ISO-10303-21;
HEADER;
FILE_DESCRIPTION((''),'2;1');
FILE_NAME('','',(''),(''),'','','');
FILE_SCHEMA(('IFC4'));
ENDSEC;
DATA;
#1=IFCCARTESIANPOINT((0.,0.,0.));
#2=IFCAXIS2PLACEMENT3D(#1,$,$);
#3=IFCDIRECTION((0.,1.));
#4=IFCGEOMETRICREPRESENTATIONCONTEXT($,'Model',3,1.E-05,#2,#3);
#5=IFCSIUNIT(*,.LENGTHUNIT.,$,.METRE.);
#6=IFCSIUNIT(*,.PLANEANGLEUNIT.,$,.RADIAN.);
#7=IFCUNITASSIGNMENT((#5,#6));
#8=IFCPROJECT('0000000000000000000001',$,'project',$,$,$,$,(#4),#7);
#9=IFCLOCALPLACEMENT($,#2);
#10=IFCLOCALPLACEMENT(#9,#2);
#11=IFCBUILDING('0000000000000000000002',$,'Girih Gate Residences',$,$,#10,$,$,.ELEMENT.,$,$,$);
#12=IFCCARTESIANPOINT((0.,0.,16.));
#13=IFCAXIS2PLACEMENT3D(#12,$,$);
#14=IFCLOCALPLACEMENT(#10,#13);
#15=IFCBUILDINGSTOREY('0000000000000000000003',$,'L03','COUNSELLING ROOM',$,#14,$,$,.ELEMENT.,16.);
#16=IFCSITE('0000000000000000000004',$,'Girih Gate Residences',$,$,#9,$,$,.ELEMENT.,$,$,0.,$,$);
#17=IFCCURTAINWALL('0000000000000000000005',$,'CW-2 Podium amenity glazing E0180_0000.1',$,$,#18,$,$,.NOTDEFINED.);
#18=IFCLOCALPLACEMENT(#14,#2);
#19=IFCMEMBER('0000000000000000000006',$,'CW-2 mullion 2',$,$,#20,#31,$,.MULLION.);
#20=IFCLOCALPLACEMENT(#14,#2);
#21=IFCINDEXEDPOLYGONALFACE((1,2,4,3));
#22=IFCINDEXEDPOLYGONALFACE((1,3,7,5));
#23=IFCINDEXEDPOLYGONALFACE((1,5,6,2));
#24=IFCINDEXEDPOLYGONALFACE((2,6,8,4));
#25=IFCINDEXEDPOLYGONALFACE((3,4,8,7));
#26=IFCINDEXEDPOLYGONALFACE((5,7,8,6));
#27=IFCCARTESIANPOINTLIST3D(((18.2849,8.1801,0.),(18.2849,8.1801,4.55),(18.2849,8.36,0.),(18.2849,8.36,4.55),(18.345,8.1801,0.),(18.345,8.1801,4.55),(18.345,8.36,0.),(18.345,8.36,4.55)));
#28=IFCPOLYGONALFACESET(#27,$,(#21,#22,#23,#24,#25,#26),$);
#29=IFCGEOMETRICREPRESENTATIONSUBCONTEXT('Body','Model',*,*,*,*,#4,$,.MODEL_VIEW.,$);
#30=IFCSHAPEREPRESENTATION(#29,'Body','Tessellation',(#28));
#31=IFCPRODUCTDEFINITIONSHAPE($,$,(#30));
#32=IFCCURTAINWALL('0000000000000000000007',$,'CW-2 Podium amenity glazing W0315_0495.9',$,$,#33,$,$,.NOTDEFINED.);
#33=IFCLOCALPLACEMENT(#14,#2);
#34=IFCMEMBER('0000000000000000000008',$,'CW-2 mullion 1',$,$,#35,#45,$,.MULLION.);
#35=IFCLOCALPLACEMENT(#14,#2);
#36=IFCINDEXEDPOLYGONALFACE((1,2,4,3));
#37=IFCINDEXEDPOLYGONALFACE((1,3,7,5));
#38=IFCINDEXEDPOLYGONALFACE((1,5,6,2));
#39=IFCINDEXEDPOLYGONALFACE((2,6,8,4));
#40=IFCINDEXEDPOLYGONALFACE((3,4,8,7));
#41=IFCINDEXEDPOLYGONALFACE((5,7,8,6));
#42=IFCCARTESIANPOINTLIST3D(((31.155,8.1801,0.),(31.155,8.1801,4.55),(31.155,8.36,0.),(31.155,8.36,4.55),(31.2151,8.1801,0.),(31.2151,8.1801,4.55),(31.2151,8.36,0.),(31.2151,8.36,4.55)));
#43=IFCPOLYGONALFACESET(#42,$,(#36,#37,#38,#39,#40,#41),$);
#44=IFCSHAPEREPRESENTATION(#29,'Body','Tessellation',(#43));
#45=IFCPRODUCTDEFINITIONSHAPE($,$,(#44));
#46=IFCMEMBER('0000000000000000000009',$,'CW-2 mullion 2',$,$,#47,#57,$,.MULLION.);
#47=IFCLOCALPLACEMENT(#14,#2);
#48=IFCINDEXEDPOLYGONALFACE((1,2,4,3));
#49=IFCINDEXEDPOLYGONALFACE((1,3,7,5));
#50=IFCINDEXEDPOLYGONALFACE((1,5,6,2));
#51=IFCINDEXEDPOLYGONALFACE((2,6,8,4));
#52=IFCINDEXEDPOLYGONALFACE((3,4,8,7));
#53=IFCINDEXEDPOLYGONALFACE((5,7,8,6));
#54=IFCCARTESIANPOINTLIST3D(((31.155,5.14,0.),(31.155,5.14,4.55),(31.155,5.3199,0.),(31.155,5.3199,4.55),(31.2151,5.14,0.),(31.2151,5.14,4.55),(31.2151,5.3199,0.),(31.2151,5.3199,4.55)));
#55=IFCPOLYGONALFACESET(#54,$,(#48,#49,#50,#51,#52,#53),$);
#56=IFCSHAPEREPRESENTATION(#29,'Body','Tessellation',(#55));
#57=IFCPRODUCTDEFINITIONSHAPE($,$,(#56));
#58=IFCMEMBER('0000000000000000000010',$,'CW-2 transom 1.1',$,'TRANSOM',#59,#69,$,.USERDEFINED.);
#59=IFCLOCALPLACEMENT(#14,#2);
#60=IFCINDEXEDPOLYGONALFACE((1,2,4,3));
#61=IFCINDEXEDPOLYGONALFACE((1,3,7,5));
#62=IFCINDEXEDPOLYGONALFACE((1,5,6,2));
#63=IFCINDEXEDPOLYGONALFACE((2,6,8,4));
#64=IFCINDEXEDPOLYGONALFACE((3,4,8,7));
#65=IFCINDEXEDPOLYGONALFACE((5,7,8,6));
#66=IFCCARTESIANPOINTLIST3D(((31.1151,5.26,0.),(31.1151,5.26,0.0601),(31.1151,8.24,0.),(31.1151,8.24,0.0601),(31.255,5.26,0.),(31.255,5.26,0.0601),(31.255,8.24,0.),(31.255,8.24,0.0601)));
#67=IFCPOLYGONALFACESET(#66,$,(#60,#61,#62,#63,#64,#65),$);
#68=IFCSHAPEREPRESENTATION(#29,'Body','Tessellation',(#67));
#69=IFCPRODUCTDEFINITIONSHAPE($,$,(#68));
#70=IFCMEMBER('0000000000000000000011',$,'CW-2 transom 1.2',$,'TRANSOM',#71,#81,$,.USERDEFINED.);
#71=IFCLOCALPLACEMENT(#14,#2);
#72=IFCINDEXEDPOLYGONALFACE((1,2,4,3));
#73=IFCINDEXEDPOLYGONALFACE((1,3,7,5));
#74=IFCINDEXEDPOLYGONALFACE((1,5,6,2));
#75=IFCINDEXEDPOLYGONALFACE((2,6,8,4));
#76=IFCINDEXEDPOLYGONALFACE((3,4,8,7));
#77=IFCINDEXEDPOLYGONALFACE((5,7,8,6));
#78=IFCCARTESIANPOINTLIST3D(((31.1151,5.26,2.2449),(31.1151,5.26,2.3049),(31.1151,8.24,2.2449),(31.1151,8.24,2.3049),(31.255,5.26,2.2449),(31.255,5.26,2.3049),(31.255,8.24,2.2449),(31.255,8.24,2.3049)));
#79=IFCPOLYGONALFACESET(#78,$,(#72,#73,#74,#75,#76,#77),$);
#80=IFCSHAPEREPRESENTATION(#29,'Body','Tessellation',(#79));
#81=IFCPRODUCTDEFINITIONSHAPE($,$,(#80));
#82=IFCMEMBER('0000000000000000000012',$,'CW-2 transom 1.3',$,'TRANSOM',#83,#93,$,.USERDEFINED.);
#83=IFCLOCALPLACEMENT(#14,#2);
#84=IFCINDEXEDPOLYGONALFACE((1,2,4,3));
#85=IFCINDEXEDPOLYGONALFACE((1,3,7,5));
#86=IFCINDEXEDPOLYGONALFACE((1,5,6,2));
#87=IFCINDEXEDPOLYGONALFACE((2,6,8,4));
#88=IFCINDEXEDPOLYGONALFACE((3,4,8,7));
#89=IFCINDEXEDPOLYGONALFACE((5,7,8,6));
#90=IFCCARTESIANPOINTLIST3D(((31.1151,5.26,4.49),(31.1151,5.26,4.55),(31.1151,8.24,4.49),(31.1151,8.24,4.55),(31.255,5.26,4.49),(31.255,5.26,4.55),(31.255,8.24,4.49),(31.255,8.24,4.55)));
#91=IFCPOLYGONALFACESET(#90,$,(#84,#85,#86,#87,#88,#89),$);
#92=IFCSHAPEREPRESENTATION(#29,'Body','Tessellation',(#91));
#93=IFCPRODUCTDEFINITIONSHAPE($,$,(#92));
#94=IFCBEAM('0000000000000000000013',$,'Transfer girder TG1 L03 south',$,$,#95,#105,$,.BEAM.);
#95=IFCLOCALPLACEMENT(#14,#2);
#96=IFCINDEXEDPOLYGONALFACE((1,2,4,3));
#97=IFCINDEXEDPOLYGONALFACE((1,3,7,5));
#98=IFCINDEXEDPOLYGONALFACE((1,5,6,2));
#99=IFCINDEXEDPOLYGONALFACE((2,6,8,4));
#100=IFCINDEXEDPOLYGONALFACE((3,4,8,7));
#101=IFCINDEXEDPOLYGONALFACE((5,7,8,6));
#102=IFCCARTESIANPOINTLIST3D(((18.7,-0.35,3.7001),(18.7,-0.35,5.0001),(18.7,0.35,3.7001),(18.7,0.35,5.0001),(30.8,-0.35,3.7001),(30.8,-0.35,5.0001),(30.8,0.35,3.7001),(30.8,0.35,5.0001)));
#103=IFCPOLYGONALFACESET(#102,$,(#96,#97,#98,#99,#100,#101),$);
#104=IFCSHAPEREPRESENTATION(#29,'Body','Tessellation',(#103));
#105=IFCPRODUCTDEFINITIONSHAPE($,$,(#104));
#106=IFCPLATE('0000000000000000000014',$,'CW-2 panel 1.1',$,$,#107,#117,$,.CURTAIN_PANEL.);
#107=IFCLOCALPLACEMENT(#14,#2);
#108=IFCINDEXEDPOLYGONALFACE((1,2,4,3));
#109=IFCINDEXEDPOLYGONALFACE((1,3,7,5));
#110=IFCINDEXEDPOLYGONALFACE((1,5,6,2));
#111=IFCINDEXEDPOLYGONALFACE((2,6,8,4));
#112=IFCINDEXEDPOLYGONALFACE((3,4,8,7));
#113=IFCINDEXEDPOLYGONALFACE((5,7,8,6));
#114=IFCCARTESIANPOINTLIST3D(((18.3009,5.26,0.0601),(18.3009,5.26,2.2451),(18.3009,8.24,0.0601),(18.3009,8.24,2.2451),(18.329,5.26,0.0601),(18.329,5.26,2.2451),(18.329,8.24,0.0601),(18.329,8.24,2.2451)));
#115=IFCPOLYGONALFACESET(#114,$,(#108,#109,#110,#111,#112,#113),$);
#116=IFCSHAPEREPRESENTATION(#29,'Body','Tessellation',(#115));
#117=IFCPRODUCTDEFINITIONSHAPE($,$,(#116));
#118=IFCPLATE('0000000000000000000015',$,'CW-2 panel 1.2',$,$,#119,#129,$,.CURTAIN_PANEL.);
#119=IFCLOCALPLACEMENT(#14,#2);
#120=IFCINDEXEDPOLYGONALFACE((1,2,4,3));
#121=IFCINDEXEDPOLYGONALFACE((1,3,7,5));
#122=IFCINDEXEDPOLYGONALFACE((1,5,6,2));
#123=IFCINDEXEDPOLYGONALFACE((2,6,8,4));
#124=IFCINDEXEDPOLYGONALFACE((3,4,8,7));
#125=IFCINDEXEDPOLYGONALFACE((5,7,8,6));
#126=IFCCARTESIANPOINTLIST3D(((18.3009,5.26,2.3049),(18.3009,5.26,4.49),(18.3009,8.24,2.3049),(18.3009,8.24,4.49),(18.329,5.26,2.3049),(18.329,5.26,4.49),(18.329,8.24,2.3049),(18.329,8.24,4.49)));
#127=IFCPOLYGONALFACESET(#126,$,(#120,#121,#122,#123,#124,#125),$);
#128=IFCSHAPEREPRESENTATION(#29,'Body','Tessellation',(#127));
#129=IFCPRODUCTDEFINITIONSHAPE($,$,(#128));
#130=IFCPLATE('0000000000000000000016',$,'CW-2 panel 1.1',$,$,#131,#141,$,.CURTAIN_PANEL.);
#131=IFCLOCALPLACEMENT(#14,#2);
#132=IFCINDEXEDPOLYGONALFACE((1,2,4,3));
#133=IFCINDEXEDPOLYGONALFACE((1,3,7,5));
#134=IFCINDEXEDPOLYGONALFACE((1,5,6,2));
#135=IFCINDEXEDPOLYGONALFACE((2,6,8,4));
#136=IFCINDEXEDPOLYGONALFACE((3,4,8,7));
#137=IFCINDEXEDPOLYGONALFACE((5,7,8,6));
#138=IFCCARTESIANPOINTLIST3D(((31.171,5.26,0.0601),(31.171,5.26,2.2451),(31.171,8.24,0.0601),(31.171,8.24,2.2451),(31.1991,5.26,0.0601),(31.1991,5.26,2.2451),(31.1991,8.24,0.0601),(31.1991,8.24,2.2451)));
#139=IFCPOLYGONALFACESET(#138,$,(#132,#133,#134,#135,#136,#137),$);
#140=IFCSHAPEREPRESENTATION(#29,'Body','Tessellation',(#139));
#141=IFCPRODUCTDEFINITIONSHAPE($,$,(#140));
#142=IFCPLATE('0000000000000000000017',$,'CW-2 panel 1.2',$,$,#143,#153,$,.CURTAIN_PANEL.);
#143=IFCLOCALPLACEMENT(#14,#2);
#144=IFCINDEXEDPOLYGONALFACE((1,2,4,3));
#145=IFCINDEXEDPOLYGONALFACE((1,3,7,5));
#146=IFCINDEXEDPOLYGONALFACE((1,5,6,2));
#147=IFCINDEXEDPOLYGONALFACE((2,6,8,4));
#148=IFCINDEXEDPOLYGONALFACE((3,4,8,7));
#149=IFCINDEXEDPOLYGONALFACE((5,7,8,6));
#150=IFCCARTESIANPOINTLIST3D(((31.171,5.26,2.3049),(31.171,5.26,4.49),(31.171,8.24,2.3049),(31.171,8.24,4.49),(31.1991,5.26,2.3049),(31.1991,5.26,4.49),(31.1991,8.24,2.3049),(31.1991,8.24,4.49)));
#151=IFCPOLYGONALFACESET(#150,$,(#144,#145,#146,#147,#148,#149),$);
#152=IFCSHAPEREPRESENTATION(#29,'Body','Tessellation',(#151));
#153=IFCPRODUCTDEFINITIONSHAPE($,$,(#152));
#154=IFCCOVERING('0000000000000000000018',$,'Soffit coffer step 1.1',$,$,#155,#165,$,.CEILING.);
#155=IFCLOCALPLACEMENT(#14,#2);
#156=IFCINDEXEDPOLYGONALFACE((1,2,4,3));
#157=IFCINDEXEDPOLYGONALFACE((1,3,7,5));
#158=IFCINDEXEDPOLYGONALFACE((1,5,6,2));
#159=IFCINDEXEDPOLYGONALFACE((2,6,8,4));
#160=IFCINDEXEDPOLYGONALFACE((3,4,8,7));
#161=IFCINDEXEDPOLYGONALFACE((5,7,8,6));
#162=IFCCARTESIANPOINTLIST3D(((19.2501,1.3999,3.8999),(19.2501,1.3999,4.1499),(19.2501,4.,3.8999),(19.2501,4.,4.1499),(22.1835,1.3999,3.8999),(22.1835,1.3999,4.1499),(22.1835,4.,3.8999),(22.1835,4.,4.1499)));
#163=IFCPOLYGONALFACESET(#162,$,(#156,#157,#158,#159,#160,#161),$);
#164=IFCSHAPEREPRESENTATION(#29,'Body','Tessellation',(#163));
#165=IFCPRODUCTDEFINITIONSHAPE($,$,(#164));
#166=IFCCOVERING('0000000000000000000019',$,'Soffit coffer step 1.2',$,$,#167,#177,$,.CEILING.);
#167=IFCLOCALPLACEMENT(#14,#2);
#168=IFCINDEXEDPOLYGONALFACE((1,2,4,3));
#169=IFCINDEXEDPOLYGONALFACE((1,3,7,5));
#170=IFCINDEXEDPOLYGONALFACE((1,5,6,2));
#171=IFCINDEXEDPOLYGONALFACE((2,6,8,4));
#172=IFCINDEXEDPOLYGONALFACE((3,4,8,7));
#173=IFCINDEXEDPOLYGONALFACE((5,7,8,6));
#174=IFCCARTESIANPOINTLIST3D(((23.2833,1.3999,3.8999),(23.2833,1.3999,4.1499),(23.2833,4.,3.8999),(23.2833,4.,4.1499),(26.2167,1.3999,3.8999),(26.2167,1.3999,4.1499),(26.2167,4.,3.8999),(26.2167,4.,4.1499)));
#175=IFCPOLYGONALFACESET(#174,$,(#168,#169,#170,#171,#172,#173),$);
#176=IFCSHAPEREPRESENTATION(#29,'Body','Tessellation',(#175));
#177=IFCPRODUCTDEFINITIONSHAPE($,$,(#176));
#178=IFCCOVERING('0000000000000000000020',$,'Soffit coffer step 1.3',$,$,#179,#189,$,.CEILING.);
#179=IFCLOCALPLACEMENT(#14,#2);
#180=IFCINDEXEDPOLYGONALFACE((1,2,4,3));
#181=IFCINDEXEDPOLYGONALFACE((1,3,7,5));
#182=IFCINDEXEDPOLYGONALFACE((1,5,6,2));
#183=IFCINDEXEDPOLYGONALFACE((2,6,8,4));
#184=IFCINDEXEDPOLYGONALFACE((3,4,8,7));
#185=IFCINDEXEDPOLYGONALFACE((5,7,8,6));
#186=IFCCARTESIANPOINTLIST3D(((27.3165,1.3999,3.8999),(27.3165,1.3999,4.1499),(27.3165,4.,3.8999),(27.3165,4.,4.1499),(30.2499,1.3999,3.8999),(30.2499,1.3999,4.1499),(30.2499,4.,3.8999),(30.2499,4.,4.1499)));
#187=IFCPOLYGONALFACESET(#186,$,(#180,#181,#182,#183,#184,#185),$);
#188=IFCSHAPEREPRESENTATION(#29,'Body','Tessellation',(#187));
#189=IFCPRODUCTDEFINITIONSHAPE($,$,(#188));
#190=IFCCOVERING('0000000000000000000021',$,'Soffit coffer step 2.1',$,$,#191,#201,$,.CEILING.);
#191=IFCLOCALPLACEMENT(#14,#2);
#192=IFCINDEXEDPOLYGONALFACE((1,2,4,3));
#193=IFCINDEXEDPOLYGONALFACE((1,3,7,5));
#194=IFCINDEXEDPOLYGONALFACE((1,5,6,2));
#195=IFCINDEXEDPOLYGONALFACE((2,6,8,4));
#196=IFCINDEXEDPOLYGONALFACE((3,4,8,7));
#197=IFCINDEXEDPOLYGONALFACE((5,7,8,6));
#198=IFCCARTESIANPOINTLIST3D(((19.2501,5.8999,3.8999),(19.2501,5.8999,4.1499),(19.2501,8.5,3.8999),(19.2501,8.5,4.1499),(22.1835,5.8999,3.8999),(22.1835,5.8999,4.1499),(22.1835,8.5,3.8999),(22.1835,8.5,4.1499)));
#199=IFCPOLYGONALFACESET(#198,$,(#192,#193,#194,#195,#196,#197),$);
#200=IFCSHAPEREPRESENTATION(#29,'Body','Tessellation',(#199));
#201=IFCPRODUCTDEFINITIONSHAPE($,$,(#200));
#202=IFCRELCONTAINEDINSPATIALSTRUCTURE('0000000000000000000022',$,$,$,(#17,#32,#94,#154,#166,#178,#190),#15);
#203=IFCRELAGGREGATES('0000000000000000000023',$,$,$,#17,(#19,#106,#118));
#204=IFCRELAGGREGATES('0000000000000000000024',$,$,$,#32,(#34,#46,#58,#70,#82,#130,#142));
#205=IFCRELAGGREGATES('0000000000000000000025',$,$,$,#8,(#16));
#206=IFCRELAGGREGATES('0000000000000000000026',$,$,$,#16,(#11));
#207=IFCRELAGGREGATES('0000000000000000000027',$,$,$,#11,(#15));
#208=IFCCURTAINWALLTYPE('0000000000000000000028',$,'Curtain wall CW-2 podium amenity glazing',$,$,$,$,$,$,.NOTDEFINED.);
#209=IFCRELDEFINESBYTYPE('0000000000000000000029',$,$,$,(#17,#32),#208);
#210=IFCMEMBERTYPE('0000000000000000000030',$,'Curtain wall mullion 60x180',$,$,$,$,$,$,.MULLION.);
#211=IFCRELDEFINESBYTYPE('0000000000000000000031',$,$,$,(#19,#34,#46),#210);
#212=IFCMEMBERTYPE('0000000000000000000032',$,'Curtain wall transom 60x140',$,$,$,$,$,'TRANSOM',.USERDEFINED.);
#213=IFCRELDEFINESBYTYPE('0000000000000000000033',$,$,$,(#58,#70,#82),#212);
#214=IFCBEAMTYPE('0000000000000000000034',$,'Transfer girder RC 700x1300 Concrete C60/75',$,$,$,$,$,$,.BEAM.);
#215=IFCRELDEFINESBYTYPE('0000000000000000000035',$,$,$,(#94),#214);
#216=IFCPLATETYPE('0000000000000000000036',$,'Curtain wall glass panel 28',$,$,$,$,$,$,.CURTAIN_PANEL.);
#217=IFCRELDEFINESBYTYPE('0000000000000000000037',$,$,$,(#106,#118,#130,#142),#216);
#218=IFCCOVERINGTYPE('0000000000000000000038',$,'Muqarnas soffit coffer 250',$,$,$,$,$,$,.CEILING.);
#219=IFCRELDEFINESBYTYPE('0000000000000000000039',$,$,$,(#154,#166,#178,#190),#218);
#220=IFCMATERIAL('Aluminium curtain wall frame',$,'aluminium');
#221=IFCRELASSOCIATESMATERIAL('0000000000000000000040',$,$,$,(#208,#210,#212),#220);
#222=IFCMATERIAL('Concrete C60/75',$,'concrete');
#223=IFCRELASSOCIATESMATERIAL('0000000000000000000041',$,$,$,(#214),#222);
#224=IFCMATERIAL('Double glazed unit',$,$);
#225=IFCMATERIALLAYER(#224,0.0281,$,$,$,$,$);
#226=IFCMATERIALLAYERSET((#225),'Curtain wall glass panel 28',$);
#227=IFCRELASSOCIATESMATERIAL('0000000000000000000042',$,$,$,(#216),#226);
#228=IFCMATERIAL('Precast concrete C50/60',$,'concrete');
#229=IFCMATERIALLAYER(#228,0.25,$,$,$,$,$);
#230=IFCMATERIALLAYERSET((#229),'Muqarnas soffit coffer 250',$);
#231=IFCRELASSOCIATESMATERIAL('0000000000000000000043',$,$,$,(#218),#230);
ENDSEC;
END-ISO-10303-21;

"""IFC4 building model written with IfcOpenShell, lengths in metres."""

from ifc_helpers import new_model, si_unit, direction, frame, origin, origin_2d, place, context, subcontext, project, spatial, rectangle, extrude, material, layer, layer_set, material_profile, profile_set, type_object, element, aggregate, save


model = new_model("IFC4")

# Units and contexts
model_context = context("Model", 3, precision=1e-05, world=origin(), true_north=direction((0.0, 1.0)))
body_context = subcontext(model_context, "Body", "Model", "MODEL_VIEW")
ifc_project = project(units=[si_unit("LENGTHUNIT", "METRE"), si_unit("PLANEANGLEUNIT", "RADIAN")], contexts=[model_context])

# Site, building, storey
site_placement = place(None, origin())
site = spatial("IfcSite", under=ifc_project, at=site_placement, Name="Girih Gate Residences", CompositionType="ELEMENT", RefElevation=0.0)
building_placement = place(site_placement, origin())
building = spatial("IfcBuilding", under=site, at=building_placement, Name="Girih Gate Residences", CompositionType="ELEMENT")
storey_placement = place(building_placement, frame((0.0, 0.0, 16.0)))
storey = spatial("IfcBuildingStorey", under=building, at=storey_placement, Name="L03", Description="COUNSELLING ROOM", CompositionType="ELEMENT", Elevation=16.0)

# Curtain wall, member
ifc_material_1 = material(Name="Aluminium curtain wall frame", Category="aluminium")
curtain_wall_type = type_object("IfcCurtainWallType", Name="Curtain wall CW-2 podium amenity glazing", PredefinedType="NOTDEFINED", material=ifc_material_1)
curtain_wall_1_placement = place(storey_placement, origin())
curtain_wall_1 = element("IfcCurtainWall", 1, at=curtain_wall_1_placement, inside=storey, type_object=curtain_wall_type, Name="CW-2 Podium amenity glazing E0180_0000.1", PredefinedType="NOTDEFINED")
ifc_material_profile_1 = material_profile(ifc_material_1, rectangle(XDim=0.0601, YDim=0.1799, at=origin_2d()))
ifc_profile_set_1 = profile_set([ifc_material_profile_1], Name="Aluminium curtain wall frame")
member_type_1 = type_object("IfcMemberType", Name="Curtain wall mullion 60x180", PredefinedType="MULLION", material=ifc_profile_set_1)
member_1_placement = place(storey_placement, frame((18.3149, 8.27, 0.0), z_axis=(0.0, 0.0, 1.0), x_axis=(-1.0, 0.0, 0.0)))
member_1 = element("IfcMember", 2, at=member_1_placement, type_object=member_type_1, Name="CW-2 mullion 2", PredefinedType="MULLION", context=body_context, shape_type="SweptSolid", body=[
    extrude(rectangle(XDim=0.0601, YDim=0.1799, at=origin_2d()), origin(), (0.0, 0.0, 1.0), 4.55),
])

# Curtain wall, members
curtain_wall_2_placement = place(storey_placement, origin())
curtain_wall_2 = element("IfcCurtainWall", 3, at=curtain_wall_2_placement, inside=storey, type_object=curtain_wall_type, Name="CW-2 Podium amenity glazing W0315_0495.9", PredefinedType="NOTDEFINED")
member_2_placement = place(storey_placement, frame((31.1851, 8.27, 0.0), z_axis=(0.0, 0.0, 1.0), x_axis=(1.0, 0.0, 0.0)))
member_2 = element("IfcMember", 4, at=member_2_placement, type_object=member_type_1, Name="CW-2 mullion 1", PredefinedType="MULLION", context=body_context, shape_type="SweptSolid", body=[
    extrude(rectangle(XDim=0.0601, YDim=0.1799, at=origin_2d()), origin(), (0.0, 0.0, 1.0), 4.55),
])
member_3_placement = place(storey_placement, frame((31.1851, 5.23, 0.0), z_axis=(0.0, 0.0, 1.0), x_axis=(1.0, 0.0, 0.0)))
member_3 = element("IfcMember", 5, at=member_3_placement, type_object=member_type_1, Name="CW-2 mullion 2", PredefinedType="MULLION", context=body_context, shape_type="SweptSolid", body=[
    extrude(rectangle(XDim=0.0601, YDim=0.1799, at=origin_2d()), origin(), (0.0, 0.0, 1.0), 4.55),
])
ifc_material_profile_2 = material_profile(ifc_material_1, rectangle(XDim=0.1399, YDim=0.0601, at=origin_2d()))
ifc_profile_set_2 = profile_set([ifc_material_profile_2], Name="Aluminium curtain wall frame")
member_type_2 = type_object("IfcMemberType", Name="Curtain wall transom 60x140", ElementType="TRANSOM", PredefinedType="USERDEFINED", material=ifc_profile_set_2)
member_4_placement = place(storey_placement, frame((31.1851, 8.24, 0.03), z_axis=(0.0, -1.0, 0.0), x_axis=(1.0, 0.0, 0.0)))
member_4 = element("IfcMember", 6, at=member_4_placement, type_object=member_type_2, Name="CW-2 transom 1.1", ObjectType="TRANSOM", PredefinedType="USERDEFINED", context=body_context, shape_type="SweptSolid", body=[
    extrude(rectangle(XDim=0.1399, YDim=0.0601, at=origin_2d()), origin(), (0.0, 0.0, 1.0), 2.98),
])
member_5_placement = place(storey_placement, frame((31.1851, 8.24, 2.2749), z_axis=(0.0, -1.0, 0.0), x_axis=(1.0, 0.0, 0.0)))
member_5 = element("IfcMember", 7, at=member_5_placement, type_object=member_type_2, Name="CW-2 transom 1.2", ObjectType="TRANSOM", PredefinedType="USERDEFINED", context=body_context, shape_type="SweptSolid", body=[
    extrude(rectangle(XDim=0.1399, YDim=0.0601, at=origin_2d()), origin(), (0.0, 0.0, 1.0), 2.98),
])
member_6_placement = place(storey_placement, frame((31.1851, 8.24, 4.52), z_axis=(0.0, -1.0, 0.0), x_axis=(1.0, 0.0, 0.0)))
member_6 = element("IfcMember", 8, at=member_6_placement, type_object=member_type_2, Name="CW-2 transom 1.3", ObjectType="TRANSOM", PredefinedType="USERDEFINED", context=body_context, shape_type="SweptSolid", body=[
    extrude(rectangle(XDim=0.1399, YDim=0.0601, at=origin_2d()), origin(), (0.0, 0.0, 1.0), 2.98),
])

# Beam
ifc_material_2 = material(Name="Concrete C60/75", Category="concrete")
ifc_material_profile_3 = material_profile(ifc_material_2, rectangle(XDim=0.7, YDim=1.3, at=origin_2d()))
ifc_profile_set_3 = profile_set([ifc_material_profile_3], Name="Concrete C60/75")
beam_type = type_object("IfcBeamType", Name="Transfer girder RC 700x1300 Concrete C60/75", PredefinedType="BEAM", material=ifc_profile_set_3)
beam_placement = place(storey_placement, frame((18.7, 0.0, 4.3501), z_axis=(1.0, 0.0, 0.0), x_axis=(0.0, 1.0, 0.0)))
element("IfcBeam", 9, at=beam_placement, inside=storey, type_object=beam_type, Name="Transfer girder TG1 L03 south", PredefinedType="BEAM", context=body_context, shape_type="SweptSolid", body=[
    extrude(rectangle(XDim=0.7, YDim=1.3, at=origin_2d()), origin(), (0.0, 0.0, 1.0), 12.1001),
])

# Plates
ifc_material_3 = material(Name="Double glazed unit")
ifc_layer_1 = layer(ifc_material_3, 0.0281)
ifc_layer_set_1 = layer_set([ifc_layer_1], Name="Curtain wall glass panel 28")
plate_type = type_object("IfcPlateType", Name="Curtain wall glass panel 28", PredefinedType="CURTAIN_PANEL", material=ifc_layer_set_1)
plate_1_placement = place(storey_placement, frame((18.3149, 6.75, 0.0601), z_axis=(0.0, 0.0, 1.0), x_axis=(0.0, 1.0, 0.0)))
plate_1 = element("IfcPlate", 10, at=plate_1_placement, type_object=plate_type, Name="CW-2 panel 1.1", PredefinedType="CURTAIN_PANEL", context=body_context, shape_type="SweptSolid", body=[
    extrude(rectangle(XDim=2.98, YDim=0.0281, at=origin_2d()), origin(), (0.0, 0.0, 1.0), 2.1851),
])
plate_2_placement = place(storey_placement, frame((18.3149, 6.75, 2.3049), z_axis=(0.0, 0.0, 1.0), x_axis=(0.0, 1.0, 0.0)))
plate_2 = element("IfcPlate", 11, at=plate_2_placement, type_object=plate_type, Name="CW-2 panel 1.2", PredefinedType="CURTAIN_PANEL", context=body_context, shape_type="SweptSolid", body=[
    extrude(rectangle(XDim=2.98, YDim=0.0281, at=origin_2d()), origin(), (0.0, 0.0, 1.0), 2.1851),
])
aggregate(curtain_wall_1, [member_1, plate_1, plate_2])
plate_3_placement = place(storey_placement, frame((31.1851, 6.75, 0.0601), z_axis=(0.0, 0.0, 1.0), x_axis=(0.0, -1.0, 0.0)))
plate_3 = element("IfcPlate", 12, at=plate_3_placement, type_object=plate_type, Name="CW-2 panel 1.1", PredefinedType="CURTAIN_PANEL", context=body_context, shape_type="SweptSolid", body=[
    extrude(rectangle(XDim=2.98, YDim=0.0281, at=origin_2d()), origin(), (0.0, 0.0, 1.0), 2.1851),
])
plate_4_placement = place(storey_placement, frame((31.1851, 6.75, 2.3049), z_axis=(0.0, 0.0, 1.0), x_axis=(0.0, -1.0, 0.0)))
plate_4 = element("IfcPlate", 13, at=plate_4_placement, type_object=plate_type, Name="CW-2 panel 1.2", PredefinedType="CURTAIN_PANEL", context=body_context, shape_type="SweptSolid", body=[
    extrude(rectangle(XDim=2.98, YDim=0.0281, at=origin_2d()), origin(), (0.0, 0.0, 1.0), 2.1851),
])
aggregate(curtain_wall_2, [member_2, member_3, member_4, member_5, member_6, plate_3, plate_4])

# Coverings
ifc_material_4 = material(Name="Precast concrete C50/60", Category="concrete")
ifc_layer_2 = layer(ifc_material_4, 0.25)
ifc_layer_set_2 = layer_set([ifc_layer_2], Name="Muqarnas soffit coffer 250")
covering_type_1 = type_object("IfcCoveringType", Name="Muqarnas soffit coffer 250", PredefinedType="CEILING", material=ifc_layer_set_2)
for number, where, z_axis, x_axis, name in (
    (14, (20.7168, 2.7, 3.8999), (0.0, 0.0, 1.0), (1.0, 0.0, 0.0), "Soffit coffer step 1.1"),
    (15, (24.75, 2.7, 3.8999), (0.0, 0.0, 1.0), (1.0, 0.0, 0.0), "Soffit coffer step 1.2"),
    (16, (28.7832, 2.7, 3.8999), (0.0, 0.0, 1.0), (1.0, 0.0, 0.0), "Soffit coffer step 1.3"),
    (17, (20.7168, 7.2, 3.8999), (0.0, 0.0, 1.0), (1.0, 0.0, 0.0), "Soffit coffer step 2.1"),
):
    element("IfcCovering", number, at=place(storey_placement, frame(where, z_axis=z_axis, x_axis=x_axis)), inside=storey, type_object=covering_type_1, Name=name, PredefinedType="CEILING", context=body_context, shape_type="SweptSolid", body=[
        extrude(rectangle(XDim=2.9333, YDim=2.6001, at=origin_2d()), origin(), (0.0, 0.0, 1.0), 0.25),
    ])

save(model, "model.ifc")
